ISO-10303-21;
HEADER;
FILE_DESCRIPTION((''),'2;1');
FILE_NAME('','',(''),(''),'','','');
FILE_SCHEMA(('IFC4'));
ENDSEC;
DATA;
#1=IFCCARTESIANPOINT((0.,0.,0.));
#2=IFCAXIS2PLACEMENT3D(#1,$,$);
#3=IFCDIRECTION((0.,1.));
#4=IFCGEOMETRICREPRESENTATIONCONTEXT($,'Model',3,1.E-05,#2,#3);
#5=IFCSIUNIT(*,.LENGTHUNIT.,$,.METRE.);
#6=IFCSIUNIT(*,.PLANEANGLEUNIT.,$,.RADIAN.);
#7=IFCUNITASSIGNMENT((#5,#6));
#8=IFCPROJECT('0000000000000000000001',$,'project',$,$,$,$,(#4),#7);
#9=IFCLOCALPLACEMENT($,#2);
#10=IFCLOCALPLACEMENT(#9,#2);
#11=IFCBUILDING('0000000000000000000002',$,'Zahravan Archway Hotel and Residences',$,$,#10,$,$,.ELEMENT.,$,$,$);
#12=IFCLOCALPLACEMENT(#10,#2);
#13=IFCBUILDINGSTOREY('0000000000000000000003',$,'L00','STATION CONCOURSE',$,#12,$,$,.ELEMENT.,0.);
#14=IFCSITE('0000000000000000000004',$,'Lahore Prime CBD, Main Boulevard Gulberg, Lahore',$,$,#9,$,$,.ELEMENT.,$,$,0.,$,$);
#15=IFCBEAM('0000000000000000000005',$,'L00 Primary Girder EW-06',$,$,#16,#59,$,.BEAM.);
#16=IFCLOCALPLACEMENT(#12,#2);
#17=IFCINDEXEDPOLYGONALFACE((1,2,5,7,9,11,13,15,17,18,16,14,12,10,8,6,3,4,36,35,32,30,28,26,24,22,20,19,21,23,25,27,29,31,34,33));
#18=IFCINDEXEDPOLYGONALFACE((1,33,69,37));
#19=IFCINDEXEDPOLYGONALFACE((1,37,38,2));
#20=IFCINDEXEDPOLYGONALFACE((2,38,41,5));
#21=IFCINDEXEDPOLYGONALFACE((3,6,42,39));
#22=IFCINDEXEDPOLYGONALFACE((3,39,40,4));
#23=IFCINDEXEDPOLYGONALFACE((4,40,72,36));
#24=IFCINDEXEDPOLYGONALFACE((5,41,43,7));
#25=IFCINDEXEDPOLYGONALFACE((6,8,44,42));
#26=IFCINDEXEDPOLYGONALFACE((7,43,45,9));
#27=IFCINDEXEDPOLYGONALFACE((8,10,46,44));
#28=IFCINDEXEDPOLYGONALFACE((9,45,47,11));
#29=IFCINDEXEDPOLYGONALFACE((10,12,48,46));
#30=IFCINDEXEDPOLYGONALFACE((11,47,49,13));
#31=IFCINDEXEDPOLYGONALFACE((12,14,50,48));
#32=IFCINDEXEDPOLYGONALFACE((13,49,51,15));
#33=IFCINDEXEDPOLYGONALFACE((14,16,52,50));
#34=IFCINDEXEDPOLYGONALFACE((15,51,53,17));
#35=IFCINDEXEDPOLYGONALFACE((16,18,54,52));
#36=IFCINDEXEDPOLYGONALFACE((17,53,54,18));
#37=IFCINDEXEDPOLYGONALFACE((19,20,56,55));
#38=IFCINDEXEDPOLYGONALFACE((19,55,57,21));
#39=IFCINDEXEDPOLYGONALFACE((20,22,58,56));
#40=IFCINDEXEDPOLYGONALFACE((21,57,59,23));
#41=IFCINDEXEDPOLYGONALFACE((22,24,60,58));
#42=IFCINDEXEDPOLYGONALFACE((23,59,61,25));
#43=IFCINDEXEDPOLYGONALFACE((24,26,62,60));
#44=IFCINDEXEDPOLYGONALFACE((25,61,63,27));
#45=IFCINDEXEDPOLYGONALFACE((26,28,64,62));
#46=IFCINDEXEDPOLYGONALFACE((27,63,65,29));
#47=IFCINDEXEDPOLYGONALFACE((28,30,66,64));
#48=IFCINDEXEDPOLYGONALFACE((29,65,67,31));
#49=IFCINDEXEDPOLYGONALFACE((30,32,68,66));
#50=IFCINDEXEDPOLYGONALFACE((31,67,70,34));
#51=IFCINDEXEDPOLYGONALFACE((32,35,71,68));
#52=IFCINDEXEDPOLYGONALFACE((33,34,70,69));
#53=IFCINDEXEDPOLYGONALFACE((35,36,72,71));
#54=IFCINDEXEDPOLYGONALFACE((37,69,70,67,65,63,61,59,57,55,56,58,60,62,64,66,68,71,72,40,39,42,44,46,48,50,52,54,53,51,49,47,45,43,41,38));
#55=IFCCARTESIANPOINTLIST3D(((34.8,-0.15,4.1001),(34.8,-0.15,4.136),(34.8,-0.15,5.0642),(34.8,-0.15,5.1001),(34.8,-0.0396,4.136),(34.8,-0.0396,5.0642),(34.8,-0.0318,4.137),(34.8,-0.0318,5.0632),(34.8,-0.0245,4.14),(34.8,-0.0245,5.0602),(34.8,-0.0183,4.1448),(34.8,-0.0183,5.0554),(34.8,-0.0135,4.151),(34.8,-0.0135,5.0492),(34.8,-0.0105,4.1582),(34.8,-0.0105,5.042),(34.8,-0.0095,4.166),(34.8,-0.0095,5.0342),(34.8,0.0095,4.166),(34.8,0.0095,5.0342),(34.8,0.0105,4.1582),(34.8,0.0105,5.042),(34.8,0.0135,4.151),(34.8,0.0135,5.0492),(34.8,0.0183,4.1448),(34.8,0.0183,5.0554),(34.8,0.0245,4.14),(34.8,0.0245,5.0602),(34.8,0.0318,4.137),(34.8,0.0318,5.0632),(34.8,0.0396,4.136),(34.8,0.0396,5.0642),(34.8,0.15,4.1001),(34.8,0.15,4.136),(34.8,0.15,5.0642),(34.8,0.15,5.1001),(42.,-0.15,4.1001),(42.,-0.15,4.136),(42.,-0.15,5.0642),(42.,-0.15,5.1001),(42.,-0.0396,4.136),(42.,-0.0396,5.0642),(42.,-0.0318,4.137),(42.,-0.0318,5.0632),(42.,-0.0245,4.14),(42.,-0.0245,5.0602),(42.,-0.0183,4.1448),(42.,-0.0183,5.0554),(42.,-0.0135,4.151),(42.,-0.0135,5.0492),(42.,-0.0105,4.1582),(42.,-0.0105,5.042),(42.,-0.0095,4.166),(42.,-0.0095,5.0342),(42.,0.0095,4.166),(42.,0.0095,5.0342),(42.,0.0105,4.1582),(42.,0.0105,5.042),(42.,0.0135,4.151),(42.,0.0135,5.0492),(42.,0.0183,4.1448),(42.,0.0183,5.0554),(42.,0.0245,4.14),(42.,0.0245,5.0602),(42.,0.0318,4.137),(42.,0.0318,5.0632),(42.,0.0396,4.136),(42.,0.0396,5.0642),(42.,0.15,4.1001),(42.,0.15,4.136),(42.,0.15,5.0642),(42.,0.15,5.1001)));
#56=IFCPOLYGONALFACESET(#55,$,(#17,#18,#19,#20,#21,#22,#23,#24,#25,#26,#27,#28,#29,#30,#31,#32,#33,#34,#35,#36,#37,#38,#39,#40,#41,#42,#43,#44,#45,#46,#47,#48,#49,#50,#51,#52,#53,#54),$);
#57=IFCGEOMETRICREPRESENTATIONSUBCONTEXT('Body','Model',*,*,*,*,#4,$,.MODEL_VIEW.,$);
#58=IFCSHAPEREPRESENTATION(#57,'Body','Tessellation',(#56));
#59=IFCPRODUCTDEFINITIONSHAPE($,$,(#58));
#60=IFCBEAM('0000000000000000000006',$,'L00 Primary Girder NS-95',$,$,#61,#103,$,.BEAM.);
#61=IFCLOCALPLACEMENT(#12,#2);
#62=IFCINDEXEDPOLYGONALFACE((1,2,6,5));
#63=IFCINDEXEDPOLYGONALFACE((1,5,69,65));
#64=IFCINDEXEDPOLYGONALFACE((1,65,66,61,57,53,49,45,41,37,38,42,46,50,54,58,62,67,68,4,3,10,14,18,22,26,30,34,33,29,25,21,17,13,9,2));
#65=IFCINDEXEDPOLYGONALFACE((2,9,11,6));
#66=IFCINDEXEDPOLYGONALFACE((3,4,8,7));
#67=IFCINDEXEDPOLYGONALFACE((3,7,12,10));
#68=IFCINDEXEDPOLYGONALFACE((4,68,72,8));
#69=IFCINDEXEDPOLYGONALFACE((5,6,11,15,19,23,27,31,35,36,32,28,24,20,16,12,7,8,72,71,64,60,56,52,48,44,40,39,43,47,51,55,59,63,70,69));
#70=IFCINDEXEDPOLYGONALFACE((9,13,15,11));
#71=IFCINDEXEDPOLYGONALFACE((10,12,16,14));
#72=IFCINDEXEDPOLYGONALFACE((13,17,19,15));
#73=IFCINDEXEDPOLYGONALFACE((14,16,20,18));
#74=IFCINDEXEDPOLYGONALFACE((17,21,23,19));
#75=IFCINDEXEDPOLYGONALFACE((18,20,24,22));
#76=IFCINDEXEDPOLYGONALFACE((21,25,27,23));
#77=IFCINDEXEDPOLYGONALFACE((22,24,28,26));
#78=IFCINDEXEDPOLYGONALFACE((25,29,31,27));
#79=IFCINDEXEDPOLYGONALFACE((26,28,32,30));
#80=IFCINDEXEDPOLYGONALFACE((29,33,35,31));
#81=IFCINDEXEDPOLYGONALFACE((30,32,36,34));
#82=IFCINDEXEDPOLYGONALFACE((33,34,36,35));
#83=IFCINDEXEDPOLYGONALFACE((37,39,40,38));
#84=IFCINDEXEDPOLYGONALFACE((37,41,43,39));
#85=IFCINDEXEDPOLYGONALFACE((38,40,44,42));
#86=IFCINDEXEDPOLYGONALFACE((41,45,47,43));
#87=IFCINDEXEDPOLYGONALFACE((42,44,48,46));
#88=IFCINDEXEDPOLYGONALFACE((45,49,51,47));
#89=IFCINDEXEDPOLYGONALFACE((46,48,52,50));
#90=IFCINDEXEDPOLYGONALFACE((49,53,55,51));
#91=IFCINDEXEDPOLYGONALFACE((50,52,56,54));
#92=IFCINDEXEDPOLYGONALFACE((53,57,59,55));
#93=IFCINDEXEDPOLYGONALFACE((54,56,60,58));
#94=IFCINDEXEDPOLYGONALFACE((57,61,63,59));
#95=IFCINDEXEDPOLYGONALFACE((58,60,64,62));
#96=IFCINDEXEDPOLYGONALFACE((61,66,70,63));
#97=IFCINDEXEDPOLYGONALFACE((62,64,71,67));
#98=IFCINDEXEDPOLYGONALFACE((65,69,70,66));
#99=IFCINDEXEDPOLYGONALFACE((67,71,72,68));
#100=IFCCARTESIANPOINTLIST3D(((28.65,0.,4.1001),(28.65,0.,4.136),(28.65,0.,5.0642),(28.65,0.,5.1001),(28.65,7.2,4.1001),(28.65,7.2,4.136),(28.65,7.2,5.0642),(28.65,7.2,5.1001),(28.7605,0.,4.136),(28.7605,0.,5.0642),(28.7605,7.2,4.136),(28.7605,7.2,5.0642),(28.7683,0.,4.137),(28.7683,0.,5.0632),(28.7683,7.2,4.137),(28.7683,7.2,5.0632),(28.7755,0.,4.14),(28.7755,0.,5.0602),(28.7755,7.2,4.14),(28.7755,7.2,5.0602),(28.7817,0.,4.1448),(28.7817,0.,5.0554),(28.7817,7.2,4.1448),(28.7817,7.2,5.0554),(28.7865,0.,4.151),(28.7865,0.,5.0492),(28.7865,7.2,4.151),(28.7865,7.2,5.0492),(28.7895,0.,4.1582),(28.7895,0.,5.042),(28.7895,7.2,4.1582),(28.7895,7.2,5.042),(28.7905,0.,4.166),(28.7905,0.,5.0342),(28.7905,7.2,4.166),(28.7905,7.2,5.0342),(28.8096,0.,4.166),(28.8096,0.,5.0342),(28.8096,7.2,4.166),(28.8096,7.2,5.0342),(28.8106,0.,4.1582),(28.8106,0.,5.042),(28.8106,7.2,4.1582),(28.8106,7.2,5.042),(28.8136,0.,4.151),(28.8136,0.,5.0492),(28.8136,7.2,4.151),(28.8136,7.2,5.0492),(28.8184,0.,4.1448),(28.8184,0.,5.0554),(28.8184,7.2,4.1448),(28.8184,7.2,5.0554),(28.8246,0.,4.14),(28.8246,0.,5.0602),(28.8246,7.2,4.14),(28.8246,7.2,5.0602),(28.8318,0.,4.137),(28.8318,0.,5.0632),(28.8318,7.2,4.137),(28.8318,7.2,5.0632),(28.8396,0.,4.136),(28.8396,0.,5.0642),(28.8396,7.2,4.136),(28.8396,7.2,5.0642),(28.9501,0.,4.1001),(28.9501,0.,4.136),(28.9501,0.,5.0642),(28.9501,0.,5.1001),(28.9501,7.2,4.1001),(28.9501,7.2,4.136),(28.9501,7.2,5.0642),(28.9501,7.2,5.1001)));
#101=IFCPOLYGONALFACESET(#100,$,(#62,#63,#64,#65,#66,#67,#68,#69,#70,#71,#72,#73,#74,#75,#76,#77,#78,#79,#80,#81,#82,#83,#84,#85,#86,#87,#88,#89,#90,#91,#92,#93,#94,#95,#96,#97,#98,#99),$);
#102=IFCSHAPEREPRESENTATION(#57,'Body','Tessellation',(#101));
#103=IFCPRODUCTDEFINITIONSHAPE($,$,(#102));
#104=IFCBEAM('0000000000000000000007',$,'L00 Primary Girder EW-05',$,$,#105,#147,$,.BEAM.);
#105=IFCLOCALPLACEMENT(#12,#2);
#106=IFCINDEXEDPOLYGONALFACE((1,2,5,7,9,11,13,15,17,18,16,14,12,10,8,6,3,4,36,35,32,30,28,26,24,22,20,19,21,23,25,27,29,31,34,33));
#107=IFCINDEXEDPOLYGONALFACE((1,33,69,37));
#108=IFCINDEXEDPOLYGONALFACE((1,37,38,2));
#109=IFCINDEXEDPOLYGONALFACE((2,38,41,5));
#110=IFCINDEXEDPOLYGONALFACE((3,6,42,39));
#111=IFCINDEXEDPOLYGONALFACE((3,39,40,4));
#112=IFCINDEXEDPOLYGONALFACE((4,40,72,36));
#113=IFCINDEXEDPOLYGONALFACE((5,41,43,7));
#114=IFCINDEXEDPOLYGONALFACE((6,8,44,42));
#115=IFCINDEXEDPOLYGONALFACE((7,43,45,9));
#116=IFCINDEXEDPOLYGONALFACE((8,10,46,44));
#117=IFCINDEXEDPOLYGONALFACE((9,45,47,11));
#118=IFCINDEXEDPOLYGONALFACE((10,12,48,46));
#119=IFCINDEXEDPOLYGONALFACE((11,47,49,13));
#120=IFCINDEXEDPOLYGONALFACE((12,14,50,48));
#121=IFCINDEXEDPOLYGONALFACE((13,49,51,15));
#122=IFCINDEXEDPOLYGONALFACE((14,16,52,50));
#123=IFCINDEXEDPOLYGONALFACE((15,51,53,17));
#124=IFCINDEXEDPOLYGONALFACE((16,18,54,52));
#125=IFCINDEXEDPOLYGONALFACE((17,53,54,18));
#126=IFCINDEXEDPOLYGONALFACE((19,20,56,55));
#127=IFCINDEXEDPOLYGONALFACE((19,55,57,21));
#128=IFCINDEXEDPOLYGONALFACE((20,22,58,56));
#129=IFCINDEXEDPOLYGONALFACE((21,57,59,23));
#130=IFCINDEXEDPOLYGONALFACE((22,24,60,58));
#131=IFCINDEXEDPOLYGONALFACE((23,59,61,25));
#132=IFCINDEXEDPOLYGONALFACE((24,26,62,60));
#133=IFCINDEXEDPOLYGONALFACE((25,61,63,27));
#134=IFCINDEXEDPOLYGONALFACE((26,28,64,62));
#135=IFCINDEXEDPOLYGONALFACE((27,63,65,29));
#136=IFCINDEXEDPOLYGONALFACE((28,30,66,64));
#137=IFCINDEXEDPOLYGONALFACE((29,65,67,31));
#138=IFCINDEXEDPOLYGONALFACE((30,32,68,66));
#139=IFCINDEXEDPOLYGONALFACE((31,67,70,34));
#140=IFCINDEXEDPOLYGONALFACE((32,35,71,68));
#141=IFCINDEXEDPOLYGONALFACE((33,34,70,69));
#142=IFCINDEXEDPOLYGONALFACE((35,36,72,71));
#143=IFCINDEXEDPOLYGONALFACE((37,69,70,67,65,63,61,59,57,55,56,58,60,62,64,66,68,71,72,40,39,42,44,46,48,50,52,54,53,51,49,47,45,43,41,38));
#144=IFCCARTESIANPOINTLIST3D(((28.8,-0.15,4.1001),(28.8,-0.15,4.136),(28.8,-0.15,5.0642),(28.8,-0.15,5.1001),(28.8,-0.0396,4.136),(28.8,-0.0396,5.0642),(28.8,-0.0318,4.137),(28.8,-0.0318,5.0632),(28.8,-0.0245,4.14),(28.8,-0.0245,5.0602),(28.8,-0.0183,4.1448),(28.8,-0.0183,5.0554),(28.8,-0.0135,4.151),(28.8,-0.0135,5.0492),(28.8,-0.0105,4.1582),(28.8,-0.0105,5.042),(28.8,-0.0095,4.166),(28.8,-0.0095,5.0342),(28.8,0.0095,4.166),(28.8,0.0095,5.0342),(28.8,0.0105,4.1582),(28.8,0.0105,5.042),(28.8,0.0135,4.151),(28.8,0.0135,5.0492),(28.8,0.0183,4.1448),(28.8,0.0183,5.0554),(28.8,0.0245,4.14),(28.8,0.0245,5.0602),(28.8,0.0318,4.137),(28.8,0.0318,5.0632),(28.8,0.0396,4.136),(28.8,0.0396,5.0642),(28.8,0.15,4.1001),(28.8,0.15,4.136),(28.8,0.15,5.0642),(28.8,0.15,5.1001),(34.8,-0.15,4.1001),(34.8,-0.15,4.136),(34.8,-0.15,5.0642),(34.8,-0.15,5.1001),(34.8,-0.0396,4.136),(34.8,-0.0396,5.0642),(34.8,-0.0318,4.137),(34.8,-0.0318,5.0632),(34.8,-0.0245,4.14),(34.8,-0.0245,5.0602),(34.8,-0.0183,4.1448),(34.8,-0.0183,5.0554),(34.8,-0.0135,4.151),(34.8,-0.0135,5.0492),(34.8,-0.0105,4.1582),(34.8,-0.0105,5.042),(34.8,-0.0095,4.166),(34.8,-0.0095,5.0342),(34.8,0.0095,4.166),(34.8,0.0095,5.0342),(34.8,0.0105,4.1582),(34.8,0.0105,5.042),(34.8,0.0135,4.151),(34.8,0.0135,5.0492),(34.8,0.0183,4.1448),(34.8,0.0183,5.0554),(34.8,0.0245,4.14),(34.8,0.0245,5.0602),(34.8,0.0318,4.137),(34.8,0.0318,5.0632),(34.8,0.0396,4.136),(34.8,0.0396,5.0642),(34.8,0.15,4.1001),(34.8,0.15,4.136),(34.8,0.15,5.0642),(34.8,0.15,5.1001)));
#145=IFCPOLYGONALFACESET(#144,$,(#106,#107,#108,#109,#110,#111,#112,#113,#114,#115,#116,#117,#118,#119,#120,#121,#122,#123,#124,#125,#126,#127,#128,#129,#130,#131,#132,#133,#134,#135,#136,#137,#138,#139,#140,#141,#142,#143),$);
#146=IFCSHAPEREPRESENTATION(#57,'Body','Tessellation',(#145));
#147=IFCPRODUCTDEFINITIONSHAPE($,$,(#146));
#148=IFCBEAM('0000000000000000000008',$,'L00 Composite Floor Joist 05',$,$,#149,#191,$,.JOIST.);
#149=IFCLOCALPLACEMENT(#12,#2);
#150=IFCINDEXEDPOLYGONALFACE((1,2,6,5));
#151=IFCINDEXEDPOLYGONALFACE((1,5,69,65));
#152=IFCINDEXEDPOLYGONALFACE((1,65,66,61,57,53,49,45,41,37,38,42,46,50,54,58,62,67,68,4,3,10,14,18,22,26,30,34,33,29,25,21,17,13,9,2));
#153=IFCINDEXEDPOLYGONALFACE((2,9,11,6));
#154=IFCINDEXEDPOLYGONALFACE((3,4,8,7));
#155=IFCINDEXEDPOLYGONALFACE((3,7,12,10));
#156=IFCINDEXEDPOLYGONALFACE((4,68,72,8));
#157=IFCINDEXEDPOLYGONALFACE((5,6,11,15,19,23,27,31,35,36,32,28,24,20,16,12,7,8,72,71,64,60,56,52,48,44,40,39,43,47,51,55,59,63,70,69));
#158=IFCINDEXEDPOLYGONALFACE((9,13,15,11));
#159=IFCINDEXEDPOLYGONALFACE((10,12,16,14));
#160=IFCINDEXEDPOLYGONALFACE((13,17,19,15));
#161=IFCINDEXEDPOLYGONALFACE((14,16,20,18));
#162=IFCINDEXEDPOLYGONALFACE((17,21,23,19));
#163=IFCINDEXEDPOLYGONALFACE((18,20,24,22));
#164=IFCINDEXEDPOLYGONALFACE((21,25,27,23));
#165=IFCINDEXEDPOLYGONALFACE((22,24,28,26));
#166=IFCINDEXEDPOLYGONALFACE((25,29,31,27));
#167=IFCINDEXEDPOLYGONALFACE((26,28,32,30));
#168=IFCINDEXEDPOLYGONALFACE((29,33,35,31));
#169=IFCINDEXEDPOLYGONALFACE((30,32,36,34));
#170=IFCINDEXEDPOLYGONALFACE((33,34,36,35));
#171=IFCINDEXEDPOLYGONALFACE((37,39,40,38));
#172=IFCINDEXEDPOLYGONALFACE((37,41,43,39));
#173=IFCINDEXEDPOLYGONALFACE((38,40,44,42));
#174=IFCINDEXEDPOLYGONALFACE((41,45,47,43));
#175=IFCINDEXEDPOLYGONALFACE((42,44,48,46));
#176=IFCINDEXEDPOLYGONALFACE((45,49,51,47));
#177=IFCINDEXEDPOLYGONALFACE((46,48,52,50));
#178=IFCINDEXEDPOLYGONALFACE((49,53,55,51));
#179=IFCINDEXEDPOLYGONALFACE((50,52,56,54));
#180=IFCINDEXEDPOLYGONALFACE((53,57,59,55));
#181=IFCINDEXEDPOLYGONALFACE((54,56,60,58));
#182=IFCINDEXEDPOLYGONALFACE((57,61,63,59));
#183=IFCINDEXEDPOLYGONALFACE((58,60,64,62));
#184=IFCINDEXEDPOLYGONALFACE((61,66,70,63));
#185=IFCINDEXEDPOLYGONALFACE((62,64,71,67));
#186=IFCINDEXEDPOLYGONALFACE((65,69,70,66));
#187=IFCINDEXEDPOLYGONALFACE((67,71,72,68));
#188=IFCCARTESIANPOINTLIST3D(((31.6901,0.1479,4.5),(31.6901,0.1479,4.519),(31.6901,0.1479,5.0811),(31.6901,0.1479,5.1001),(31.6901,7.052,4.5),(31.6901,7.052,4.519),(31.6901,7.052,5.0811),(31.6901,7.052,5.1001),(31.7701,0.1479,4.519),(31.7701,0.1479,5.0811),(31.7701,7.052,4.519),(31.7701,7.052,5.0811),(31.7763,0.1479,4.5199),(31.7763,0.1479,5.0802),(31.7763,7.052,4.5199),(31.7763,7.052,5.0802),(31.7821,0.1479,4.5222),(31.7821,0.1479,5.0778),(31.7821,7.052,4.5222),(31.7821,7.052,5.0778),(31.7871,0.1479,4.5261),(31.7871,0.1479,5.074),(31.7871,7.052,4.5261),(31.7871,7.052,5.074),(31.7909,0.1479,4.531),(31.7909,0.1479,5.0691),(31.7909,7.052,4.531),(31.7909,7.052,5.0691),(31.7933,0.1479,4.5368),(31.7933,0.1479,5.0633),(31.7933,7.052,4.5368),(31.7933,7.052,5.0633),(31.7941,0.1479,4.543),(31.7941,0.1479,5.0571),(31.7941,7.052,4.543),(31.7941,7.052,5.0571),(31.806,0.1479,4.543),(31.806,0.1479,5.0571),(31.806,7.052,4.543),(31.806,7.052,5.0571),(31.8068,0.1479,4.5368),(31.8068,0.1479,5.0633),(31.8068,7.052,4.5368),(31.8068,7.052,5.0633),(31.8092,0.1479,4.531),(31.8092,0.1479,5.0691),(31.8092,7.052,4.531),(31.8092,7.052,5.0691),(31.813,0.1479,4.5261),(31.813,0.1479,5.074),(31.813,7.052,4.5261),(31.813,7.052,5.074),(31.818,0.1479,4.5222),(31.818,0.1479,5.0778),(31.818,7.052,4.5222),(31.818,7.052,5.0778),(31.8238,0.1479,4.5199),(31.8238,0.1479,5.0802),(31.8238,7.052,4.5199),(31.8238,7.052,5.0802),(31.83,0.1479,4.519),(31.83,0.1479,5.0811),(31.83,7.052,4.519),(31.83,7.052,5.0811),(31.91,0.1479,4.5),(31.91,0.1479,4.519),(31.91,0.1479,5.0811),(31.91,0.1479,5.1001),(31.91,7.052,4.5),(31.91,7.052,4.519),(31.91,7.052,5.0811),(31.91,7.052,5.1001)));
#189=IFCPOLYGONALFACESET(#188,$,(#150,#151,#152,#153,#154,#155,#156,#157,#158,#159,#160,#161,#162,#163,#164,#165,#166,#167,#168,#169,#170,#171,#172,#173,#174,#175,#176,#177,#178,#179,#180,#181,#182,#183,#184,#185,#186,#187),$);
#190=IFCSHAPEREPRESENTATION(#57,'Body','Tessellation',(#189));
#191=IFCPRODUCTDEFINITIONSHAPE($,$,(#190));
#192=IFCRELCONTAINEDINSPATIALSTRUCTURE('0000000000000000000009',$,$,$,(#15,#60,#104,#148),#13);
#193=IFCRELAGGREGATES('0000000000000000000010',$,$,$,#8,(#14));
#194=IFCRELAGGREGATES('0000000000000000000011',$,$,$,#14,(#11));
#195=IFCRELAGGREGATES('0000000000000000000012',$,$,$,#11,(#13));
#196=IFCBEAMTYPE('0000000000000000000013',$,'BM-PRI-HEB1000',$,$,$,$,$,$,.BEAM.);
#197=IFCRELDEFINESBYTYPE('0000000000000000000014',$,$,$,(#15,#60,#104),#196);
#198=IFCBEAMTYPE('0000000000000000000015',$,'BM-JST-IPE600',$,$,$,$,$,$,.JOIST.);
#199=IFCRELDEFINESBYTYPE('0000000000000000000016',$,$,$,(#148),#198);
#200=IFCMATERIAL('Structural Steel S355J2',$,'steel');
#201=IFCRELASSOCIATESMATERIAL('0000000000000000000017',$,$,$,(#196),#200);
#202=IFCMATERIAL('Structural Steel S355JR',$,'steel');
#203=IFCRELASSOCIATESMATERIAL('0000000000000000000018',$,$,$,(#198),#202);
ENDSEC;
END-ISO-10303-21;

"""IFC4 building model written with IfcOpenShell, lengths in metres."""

from ifc_helpers import new_model, si_unit, direction, frame, origin, origin_2d, place, context, subcontext, project, spatial, i_section, extrude, source, transform, mapped, material, material_profile, profile_set, type_object, type_shapes, element, save


model = new_model("IFC4")

# Units and contexts
model_context = context("Model", 3, precision=1e-05, world=origin(), true_north=direction((0.0, 1.0)))
body_context = subcontext(model_context, "Body", "Model", "MODEL_VIEW")
ifc_project = project(units=[si_unit("LENGTHUNIT", "METRE"), si_unit("PLANEANGLEUNIT", "RADIAN")], contexts=[model_context])

# Site, building, storey
site_placement = place(None, origin())
site = spatial("IfcSite", under=ifc_project, at=site_placement, Name="Lahore Prime CBD, Main Boulevard Gulberg, Lahore", CompositionType="ELEMENT", RefElevation=0.0)
building_placement = place(site_placement, origin())
building = spatial("IfcBuilding", under=site, at=building_placement, Name="Zahravan Archway Hotel and Residences", CompositionType="ELEMENT")
storey_placement = place(building_placement, origin())
storey = spatial("IfcBuildingStorey", under=building, at=storey_placement, Name="L00", Description="STATION CONCOURSE", CompositionType="ELEMENT", Elevation=0.0)

# Beams
ifc_material_1 = material(Name="Structural Steel S355J2", Category="steel")
ifc_material_profile_1 = material_profile(ifc_material_1, i_section(OverallWidth=0.3, OverallDepth=1.0, WebThickness=0.019, FlangeThickness=0.0359, FilletRadius=0.03, at=origin_2d()), Name="HEB 1000", Category="steel")
ifc_profile_set_1 = profile_set([ifc_material_profile_1], Name="Structural Steel S355J2")
beam_type_1 = type_object("IfcBeamType", Name="BM-PRI-HEB1000", PredefinedType="BEAM", material=ifc_profile_set_1)
shared_shape_1 = source(origin(), body_context, "Body", "SweptSolid", [
    extrude(i_section(OverallWidth=0.3, OverallDepth=1.0, WebThickness=0.019, FlangeThickness=0.0359, FilletRadius=0.03, at=origin_2d()), origin(), (0.0, 0.0, 1.0), 7.2),
])
for number, where, z_axis, x_axis, name in (
    (1, (34.8, 0.0, 4.6001), (1.0, 0.0, 0.0), (0.0, 1.0, 0.0), "L00 Primary Girder EW-06"),
    (2, (28.8, 0.0, 4.6001), (0.0, 1.0, 0.0), (-1.0, 0.0, 0.0), "L00 Primary Girder NS-95"),
):
    element("IfcBeam", number, at=place(storey_placement, frame(where, z_axis=z_axis, x_axis=x_axis)), inside=storey, type_object=beam_type_1, Name=name, PredefinedType="BEAM", context=body_context, shape_type="MappedRepresentation", body=[
        mapped(shared_shape_1, transform((0.0, 0.0, 0.0), scale=1.0)),
    ])
shared_shape_2 = source(origin(), body_context, "Body", "SweptSolid", [
    extrude(i_section(OverallWidth=0.3, OverallDepth=1.0, WebThickness=0.019, FlangeThickness=0.0359, FilletRadius=0.03, at=origin_2d()), origin(), (0.0, 0.0, 1.0), 6.0),
])
beam_1_placement = place(storey_placement, frame((28.8, 0.0, 4.6001), z_axis=(1.0, 0.0, 0.0), x_axis=(0.0, 1.0, 0.0)))
element("IfcBeam", 3, at=beam_1_placement, inside=storey, type_object=beam_type_1, Name="L00 Primary Girder EW-05", PredefinedType="BEAM", context=body_context, shape_type="MappedRepresentation", body=[
    mapped(shared_shape_2, transform((0.0, 0.0, 0.0), scale=1.0)),
])
ifc_material_2 = material(Name="Structural Steel S355JR", Category="steel")
ifc_material_profile_2 = material_profile(ifc_material_2, i_section(OverallWidth=0.22, OverallDepth=0.6001, WebThickness=0.012, FlangeThickness=0.019, FilletRadius=0.0239, at=origin_2d()), Name="IPE 600", Category="steel")
ifc_profile_set_2 = profile_set([ifc_material_profile_2], Name="Structural Steel S355JR")
beam_type_2 = type_object("IfcBeamType", Name="BM-JST-IPE600", PredefinedType="JOIST", material=ifc_profile_set_2)
shared_shape_3 = source(origin(), body_context, "Body", "SweptSolid", [
    extrude(i_section(OverallWidth=0.22, OverallDepth=0.6001, WebThickness=0.012, FlangeThickness=0.019, FilletRadius=0.0239, at=origin_2d()), origin(), (0.0, 0.0, 1.0), 6.9041),
])
type_shapes(beam_type_2, [shared_shape_3])
beam_2_placement = place(storey_placement, frame((31.8, 0.1479, 4.8), z_axis=(0.0, 1.0, 0.0), x_axis=(-1.0, 0.0, 0.0)))
element("IfcBeam", 4, at=beam_2_placement, inside=storey, type_object=beam_type_2, Name="L00 Composite Floor Joist 05", PredefinedType="JOIST", context=body_context, shape_type="MappedRepresentation", body=[
    mapped(shared_shape_3, transform((0.0, 0.0, 0.0), scale=1.0)),
])

save(model, "model.ifc")
